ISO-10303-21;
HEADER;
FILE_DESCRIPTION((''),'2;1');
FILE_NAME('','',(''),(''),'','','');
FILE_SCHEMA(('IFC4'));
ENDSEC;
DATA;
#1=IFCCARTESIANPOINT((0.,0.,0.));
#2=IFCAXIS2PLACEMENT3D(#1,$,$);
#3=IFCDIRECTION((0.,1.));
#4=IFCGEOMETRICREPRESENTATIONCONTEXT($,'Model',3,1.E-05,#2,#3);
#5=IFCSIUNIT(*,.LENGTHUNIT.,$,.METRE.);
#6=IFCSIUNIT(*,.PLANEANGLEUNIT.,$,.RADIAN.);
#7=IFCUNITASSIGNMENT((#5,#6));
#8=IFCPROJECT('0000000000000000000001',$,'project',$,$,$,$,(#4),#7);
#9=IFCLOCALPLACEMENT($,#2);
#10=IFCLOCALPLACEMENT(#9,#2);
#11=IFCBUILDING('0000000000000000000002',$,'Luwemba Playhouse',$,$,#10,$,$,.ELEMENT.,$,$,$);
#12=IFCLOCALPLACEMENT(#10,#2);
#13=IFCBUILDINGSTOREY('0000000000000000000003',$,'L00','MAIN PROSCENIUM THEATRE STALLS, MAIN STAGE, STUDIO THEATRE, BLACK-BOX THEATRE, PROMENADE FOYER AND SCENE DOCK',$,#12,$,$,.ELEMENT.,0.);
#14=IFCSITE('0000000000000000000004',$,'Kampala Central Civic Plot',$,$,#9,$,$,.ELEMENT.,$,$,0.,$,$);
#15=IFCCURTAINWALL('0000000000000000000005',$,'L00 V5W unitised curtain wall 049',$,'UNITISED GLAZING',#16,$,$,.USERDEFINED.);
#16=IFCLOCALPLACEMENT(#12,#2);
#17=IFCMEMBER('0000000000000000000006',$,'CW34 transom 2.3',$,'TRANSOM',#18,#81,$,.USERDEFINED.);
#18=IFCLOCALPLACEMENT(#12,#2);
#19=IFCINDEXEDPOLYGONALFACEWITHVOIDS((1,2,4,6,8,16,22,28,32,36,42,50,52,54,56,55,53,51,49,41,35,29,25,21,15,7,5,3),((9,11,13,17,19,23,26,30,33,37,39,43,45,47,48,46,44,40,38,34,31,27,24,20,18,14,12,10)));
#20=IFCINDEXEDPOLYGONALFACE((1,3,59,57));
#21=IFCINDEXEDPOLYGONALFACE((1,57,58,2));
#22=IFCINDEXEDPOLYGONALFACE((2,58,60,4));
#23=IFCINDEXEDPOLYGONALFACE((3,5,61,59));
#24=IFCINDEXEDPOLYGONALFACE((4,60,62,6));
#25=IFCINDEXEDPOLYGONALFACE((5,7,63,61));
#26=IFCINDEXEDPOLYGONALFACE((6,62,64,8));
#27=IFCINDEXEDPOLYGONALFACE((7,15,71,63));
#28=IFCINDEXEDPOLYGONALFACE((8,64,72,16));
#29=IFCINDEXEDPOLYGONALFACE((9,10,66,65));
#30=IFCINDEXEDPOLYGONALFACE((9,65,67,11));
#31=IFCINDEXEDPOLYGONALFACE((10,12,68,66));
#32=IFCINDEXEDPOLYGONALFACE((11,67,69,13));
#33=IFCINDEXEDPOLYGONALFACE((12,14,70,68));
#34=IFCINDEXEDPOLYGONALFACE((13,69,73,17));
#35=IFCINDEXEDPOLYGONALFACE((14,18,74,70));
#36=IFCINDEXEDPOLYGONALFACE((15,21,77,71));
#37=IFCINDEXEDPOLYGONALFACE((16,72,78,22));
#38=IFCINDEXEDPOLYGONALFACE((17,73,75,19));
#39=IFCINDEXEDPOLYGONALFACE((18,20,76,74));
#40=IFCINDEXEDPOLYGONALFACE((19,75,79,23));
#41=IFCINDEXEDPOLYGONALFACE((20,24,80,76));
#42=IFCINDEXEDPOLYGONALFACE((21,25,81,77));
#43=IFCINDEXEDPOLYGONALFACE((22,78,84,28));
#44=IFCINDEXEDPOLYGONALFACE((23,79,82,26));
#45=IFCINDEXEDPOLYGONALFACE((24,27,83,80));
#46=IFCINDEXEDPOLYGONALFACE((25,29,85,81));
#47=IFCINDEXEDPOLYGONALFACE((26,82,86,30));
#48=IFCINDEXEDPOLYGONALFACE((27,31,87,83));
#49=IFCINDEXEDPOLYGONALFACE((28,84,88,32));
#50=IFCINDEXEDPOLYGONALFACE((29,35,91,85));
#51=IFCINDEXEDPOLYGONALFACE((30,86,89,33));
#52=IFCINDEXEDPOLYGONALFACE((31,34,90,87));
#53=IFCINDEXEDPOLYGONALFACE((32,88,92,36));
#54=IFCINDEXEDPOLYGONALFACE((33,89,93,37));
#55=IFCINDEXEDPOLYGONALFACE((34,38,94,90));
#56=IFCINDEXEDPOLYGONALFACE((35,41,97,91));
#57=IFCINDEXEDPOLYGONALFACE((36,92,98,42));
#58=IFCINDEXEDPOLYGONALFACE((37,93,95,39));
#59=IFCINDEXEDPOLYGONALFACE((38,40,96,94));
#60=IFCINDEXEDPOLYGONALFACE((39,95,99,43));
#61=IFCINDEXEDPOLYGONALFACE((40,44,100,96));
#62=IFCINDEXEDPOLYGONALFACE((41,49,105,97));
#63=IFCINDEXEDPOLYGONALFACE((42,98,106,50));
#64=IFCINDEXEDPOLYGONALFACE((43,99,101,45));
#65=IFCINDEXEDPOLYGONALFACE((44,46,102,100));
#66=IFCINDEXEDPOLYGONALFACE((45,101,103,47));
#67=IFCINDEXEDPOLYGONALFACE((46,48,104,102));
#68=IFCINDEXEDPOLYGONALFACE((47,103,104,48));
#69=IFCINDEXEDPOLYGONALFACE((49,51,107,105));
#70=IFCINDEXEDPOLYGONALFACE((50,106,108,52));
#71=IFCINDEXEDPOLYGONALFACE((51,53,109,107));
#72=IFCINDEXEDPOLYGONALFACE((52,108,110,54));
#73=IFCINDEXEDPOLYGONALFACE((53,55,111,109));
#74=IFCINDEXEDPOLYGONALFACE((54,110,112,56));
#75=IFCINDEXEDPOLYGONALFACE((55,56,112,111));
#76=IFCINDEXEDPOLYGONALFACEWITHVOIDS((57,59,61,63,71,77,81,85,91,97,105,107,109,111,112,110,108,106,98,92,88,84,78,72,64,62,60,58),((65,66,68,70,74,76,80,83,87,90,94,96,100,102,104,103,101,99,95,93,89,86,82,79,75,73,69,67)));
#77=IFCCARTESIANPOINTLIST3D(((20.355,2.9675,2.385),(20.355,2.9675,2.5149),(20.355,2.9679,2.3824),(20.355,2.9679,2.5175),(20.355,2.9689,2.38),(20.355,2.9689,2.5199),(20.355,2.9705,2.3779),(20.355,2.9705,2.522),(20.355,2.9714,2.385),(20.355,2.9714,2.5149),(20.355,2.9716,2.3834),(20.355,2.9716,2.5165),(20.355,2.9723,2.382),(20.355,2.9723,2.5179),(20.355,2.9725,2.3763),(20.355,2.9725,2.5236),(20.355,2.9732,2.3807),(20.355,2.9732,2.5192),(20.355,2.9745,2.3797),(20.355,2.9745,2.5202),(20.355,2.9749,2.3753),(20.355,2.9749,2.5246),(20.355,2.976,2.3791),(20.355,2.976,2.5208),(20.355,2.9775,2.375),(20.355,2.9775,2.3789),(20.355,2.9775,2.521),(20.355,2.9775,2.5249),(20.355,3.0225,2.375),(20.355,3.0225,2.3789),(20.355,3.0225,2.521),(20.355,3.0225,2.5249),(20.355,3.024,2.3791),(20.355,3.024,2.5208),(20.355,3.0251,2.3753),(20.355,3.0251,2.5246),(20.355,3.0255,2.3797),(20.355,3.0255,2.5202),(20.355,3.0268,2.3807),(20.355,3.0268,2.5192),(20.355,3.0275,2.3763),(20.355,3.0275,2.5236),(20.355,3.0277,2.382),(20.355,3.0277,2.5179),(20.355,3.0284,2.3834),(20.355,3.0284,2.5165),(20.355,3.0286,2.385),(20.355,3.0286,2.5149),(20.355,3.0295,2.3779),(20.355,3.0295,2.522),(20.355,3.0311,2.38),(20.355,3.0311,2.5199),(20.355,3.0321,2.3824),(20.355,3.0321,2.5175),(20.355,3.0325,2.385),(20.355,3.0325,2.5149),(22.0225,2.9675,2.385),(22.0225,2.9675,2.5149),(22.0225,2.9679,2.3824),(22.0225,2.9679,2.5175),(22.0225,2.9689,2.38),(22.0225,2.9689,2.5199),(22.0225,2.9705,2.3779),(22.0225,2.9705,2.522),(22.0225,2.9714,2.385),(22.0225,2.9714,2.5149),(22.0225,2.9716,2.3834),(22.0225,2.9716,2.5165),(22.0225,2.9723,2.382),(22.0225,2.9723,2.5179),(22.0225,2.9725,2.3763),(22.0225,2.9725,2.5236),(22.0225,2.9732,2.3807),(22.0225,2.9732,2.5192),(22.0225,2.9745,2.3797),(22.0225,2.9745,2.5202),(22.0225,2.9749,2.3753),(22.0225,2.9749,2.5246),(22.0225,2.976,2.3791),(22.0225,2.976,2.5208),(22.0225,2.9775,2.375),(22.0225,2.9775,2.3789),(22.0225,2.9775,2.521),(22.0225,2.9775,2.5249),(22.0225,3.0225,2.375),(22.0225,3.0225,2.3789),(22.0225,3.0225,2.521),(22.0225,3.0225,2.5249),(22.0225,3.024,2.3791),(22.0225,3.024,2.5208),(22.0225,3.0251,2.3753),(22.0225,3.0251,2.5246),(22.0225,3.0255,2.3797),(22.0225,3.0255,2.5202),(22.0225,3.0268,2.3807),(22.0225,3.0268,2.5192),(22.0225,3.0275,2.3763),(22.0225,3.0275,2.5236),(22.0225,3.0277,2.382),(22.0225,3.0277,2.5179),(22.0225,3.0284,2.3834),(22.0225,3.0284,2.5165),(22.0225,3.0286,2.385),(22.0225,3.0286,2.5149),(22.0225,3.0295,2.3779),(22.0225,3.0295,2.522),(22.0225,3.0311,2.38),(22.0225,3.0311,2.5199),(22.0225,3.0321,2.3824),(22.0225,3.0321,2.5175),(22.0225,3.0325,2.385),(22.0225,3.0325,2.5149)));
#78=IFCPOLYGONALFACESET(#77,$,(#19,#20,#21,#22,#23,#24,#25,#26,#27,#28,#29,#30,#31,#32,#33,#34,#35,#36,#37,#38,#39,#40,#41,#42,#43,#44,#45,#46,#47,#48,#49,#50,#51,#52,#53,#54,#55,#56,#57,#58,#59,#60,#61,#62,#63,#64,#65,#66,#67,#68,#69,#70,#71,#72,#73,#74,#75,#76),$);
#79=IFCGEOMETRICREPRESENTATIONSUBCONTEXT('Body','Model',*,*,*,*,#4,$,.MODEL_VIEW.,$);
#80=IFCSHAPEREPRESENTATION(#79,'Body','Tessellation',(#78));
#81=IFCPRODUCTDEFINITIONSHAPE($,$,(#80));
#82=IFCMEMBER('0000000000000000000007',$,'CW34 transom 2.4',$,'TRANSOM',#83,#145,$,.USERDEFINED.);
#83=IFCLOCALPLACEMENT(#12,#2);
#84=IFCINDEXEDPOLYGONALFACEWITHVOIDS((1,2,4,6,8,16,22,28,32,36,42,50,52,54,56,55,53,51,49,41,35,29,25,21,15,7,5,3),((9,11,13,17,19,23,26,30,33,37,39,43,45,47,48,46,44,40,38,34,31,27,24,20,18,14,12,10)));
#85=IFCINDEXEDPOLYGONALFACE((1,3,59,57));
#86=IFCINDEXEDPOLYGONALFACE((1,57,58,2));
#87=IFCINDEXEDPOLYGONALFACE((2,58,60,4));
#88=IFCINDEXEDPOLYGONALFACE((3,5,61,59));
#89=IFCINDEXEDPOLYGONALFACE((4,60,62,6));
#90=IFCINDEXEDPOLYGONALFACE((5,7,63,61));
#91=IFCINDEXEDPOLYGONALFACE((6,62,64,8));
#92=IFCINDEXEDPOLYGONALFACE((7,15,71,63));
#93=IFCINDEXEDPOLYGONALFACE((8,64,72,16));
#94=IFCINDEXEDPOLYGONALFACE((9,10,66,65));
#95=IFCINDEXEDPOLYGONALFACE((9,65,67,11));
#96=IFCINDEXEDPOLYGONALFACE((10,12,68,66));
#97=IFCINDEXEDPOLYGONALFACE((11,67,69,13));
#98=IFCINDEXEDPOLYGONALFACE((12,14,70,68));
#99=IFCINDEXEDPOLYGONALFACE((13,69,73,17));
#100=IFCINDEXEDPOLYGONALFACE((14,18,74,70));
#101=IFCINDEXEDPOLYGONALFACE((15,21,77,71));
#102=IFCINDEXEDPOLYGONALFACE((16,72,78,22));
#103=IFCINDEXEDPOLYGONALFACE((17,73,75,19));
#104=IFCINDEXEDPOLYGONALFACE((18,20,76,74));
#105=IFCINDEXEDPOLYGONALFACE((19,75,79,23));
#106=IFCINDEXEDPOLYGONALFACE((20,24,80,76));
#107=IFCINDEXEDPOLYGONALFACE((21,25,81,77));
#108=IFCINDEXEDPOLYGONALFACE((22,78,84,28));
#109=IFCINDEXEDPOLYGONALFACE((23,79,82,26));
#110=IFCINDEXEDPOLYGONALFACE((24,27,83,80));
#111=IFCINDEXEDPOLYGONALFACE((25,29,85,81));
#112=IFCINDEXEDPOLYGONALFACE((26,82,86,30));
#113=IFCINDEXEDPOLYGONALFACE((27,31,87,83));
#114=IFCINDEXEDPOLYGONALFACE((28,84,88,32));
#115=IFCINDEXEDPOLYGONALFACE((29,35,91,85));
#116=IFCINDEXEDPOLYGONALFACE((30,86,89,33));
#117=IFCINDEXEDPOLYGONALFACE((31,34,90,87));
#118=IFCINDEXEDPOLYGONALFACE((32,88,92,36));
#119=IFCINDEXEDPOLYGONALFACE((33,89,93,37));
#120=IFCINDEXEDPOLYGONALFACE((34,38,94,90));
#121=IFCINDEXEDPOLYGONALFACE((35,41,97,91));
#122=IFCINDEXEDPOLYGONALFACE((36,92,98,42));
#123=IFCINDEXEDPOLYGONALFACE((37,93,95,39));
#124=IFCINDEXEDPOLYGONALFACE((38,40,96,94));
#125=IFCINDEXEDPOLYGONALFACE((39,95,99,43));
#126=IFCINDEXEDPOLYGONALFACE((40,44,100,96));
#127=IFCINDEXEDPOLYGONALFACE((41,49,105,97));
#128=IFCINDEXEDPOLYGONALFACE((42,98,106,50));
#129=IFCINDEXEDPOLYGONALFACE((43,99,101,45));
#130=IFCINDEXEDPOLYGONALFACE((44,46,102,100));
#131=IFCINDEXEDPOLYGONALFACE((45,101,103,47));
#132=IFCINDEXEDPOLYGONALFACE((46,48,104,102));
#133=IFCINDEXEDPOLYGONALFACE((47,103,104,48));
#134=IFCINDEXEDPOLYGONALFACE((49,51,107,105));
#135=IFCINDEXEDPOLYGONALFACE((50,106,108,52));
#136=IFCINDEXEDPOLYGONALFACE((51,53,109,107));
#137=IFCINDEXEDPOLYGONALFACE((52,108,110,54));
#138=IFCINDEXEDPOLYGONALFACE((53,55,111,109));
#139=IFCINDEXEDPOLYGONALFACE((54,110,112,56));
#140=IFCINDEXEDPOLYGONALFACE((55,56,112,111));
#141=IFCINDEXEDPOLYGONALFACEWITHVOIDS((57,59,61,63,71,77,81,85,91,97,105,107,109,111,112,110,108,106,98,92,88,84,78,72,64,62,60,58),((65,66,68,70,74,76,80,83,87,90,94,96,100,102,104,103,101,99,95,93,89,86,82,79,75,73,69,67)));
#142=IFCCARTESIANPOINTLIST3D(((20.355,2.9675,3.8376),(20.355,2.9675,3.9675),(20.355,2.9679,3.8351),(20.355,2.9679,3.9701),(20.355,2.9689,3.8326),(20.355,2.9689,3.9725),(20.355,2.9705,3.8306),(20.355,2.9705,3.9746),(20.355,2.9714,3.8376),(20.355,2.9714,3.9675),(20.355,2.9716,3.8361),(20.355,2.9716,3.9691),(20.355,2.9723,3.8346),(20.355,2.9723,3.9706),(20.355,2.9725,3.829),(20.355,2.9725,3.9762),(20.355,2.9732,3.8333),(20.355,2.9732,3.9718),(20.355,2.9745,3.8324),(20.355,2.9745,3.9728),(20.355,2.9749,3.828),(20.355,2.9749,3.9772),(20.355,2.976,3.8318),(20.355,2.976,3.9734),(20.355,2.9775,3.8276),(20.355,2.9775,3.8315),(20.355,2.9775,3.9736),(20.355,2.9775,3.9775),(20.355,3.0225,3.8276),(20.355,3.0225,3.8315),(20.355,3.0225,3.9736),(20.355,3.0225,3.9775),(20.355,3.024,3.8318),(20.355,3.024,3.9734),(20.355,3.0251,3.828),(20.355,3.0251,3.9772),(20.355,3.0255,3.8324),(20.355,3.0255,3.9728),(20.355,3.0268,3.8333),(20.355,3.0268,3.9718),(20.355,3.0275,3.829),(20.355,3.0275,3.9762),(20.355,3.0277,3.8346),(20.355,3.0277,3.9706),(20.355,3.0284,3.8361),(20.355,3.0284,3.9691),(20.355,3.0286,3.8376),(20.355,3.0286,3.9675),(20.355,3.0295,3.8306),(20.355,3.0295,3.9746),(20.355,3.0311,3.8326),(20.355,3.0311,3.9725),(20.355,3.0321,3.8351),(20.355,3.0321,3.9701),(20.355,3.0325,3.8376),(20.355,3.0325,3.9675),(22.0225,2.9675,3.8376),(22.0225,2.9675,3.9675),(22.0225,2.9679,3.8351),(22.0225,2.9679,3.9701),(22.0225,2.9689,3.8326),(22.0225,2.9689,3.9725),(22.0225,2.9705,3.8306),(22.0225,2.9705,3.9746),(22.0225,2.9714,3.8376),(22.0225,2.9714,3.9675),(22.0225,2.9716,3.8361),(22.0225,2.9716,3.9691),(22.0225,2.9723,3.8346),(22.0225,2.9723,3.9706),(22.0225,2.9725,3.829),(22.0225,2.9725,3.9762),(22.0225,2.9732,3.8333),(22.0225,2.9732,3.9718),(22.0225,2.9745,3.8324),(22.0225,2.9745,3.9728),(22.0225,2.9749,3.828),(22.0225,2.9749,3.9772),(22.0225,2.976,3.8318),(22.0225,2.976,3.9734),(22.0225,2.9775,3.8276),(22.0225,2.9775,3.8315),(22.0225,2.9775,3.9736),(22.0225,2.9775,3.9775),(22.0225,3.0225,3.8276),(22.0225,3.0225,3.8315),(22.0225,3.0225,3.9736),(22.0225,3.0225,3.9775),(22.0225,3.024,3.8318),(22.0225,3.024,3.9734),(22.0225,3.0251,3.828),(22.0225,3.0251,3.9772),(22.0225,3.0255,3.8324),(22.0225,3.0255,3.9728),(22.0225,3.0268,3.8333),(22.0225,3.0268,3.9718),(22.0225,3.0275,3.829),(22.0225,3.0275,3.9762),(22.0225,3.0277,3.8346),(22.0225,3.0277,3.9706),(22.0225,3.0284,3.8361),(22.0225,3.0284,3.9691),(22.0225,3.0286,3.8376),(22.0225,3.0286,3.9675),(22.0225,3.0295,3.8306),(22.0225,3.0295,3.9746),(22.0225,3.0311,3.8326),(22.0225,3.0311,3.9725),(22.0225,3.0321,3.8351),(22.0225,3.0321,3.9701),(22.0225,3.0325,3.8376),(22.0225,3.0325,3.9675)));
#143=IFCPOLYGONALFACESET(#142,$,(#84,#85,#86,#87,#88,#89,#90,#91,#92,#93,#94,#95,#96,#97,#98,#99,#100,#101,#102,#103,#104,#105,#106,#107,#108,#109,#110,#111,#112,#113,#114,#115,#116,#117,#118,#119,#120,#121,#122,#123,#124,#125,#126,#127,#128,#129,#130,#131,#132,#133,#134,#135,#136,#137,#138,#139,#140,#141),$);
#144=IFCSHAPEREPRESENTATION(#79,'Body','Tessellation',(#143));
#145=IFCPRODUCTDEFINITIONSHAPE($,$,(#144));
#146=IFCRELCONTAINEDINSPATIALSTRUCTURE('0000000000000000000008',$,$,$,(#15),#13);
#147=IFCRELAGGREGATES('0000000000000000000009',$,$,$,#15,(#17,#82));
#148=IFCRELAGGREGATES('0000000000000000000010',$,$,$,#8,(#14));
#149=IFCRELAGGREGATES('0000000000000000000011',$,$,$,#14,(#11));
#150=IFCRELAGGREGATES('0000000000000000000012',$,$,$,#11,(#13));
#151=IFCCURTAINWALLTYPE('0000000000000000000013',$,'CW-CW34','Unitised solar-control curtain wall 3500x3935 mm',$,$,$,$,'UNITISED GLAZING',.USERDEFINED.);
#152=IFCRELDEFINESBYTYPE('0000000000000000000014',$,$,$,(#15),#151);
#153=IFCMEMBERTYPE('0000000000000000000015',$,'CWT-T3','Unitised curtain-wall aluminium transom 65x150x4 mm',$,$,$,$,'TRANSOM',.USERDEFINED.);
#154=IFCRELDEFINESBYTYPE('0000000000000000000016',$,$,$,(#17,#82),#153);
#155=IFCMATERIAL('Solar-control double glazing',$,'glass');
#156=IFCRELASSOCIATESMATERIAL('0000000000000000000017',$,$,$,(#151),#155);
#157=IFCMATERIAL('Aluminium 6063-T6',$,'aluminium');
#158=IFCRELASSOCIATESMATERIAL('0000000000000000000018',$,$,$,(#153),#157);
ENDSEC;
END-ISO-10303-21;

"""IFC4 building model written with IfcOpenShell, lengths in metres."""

from ifc_helpers import new_model, si_unit, direction, frame, origin, origin_2d, place, context, subcontext, project, spatial, hollow_rectangle, extrude, material, material_profile, profile_set, type_object, element, aggregate, save


model = new_model("IFC4")

# Units and contexts
model_context = context("Model", 3, precision=1e-05, world=origin(), true_north=direction((0.0, 1.0)))
body_context = subcontext(model_context, "Body", "Model", "MODEL_VIEW")
ifc_project = project(units=[si_unit("LENGTHUNIT", "METRE"), si_unit("PLANEANGLEUNIT", "RADIAN")], contexts=[model_context])

# Site, building, storey
site_placement = place(None, origin())
site = spatial("IfcSite", under=ifc_project, at=site_placement, Name="Kampala Central Civic Plot", CompositionType="ELEMENT", RefElevation=0.0)
building_placement = place(site_placement, origin())
building = spatial("IfcBuilding", under=site, at=building_placement, Name="Luwemba Playhouse", CompositionType="ELEMENT")
storey_placement = place(building_placement, origin())
storey = spatial("IfcBuildingStorey", under=building, at=storey_placement, Name="L00", Description="MAIN PROSCENIUM THEATRE STALLS, MAIN STAGE, STUDIO THEATRE, BLACK-BOX THEATRE, PROMENADE FOYER AND SCENE DOCK", CompositionType="ELEMENT", Elevation=0.0)

# Shared definitions
ifc_material_1 = material(Name="Solar-control double glazing", Category="glass")
ifc_material_2 = material(Name="Aluminium 6063-T6", Category="aluminium")

# Curtain wall
curtain_wall_type_1 = type_object("IfcCurtainWallType", Name="CW-CW34", Description="Unitised solar-control curtain wall 3500x3935 mm", ElementType="UNITISED GLAZING", PredefinedType="USERDEFINED", material=ifc_material_1)
curtain_wall_1_placement = place(storey_placement, origin())
curtain_wall_1 = element("IfcCurtainWall", 1, at=curtain_wall_1_placement, inside=storey, type_object=curtain_wall_type_1, Name="L00 V5W unitised curtain wall 049", ObjectType="UNITISED GLAZING", PredefinedType="USERDEFINED")

# Members
ifc_material_profile_1 = material_profile(ifc_material_2, hollow_rectangle(XDim=0.0649, YDim=0.1499, WallThickness=0.0039, InnerFilletRadius=0.0061, OuterFilletRadius=0.01, at=origin_2d()))
ifc_profile_set_1 = profile_set([ifc_material_profile_1], Name="Aluminium 6063-T6")
member_type_1 = type_object("IfcMemberType", Name="CWT-T3", Description="Unitised curtain-wall aluminium transom 65x150x4 mm", ElementType="TRANSOM", PredefinedType="USERDEFINED", material=ifc_profile_set_1)
member_1_placement = place(storey_placement, frame((22.0225, 3.0, 2.45), z_axis=(-1.0, 0.0, 0.0), x_axis=(0.0, -1.0, 0.0)))
member_1 = element("IfcMember", 2, at=member_1_placement, type_object=member_type_1, Name="CW34 transom 2.3", ObjectType="TRANSOM", PredefinedType="USERDEFINED", context=body_context, shape_type="SweptSolid", body=[
    extrude(hollow_rectangle(XDim=0.0649, YDim=0.1499, WallThickness=0.0039, InnerFilletRadius=0.0061, OuterFilletRadius=0.01, at=origin_2d()), origin(), (0.0, 0.0, 1.0), 1.6675),
])
member_2_placement = place(storey_placement, frame((22.0225, 3.0, 3.9026), z_axis=(-1.0, 0.0, 0.0), x_axis=(0.0, -1.0, 0.0)))
member_2 = element("IfcMember", 3, at=member_2_placement, type_object=member_type_1, Name="CW34 transom 2.4", ObjectType="TRANSOM", PredefinedType="USERDEFINED", context=body_context, shape_type="SweptSolid", body=[
    extrude(hollow_rectangle(XDim=0.0649, YDim=0.1499, WallThickness=0.0039, InnerFilletRadius=0.0061, OuterFilletRadius=0.01, at=origin_2d()), origin(), (0.0, 0.0, 1.0), 1.6675),
])

aggregate(curtain_wall_1, [member_1, member_2])

save(model, "model.ifc")
